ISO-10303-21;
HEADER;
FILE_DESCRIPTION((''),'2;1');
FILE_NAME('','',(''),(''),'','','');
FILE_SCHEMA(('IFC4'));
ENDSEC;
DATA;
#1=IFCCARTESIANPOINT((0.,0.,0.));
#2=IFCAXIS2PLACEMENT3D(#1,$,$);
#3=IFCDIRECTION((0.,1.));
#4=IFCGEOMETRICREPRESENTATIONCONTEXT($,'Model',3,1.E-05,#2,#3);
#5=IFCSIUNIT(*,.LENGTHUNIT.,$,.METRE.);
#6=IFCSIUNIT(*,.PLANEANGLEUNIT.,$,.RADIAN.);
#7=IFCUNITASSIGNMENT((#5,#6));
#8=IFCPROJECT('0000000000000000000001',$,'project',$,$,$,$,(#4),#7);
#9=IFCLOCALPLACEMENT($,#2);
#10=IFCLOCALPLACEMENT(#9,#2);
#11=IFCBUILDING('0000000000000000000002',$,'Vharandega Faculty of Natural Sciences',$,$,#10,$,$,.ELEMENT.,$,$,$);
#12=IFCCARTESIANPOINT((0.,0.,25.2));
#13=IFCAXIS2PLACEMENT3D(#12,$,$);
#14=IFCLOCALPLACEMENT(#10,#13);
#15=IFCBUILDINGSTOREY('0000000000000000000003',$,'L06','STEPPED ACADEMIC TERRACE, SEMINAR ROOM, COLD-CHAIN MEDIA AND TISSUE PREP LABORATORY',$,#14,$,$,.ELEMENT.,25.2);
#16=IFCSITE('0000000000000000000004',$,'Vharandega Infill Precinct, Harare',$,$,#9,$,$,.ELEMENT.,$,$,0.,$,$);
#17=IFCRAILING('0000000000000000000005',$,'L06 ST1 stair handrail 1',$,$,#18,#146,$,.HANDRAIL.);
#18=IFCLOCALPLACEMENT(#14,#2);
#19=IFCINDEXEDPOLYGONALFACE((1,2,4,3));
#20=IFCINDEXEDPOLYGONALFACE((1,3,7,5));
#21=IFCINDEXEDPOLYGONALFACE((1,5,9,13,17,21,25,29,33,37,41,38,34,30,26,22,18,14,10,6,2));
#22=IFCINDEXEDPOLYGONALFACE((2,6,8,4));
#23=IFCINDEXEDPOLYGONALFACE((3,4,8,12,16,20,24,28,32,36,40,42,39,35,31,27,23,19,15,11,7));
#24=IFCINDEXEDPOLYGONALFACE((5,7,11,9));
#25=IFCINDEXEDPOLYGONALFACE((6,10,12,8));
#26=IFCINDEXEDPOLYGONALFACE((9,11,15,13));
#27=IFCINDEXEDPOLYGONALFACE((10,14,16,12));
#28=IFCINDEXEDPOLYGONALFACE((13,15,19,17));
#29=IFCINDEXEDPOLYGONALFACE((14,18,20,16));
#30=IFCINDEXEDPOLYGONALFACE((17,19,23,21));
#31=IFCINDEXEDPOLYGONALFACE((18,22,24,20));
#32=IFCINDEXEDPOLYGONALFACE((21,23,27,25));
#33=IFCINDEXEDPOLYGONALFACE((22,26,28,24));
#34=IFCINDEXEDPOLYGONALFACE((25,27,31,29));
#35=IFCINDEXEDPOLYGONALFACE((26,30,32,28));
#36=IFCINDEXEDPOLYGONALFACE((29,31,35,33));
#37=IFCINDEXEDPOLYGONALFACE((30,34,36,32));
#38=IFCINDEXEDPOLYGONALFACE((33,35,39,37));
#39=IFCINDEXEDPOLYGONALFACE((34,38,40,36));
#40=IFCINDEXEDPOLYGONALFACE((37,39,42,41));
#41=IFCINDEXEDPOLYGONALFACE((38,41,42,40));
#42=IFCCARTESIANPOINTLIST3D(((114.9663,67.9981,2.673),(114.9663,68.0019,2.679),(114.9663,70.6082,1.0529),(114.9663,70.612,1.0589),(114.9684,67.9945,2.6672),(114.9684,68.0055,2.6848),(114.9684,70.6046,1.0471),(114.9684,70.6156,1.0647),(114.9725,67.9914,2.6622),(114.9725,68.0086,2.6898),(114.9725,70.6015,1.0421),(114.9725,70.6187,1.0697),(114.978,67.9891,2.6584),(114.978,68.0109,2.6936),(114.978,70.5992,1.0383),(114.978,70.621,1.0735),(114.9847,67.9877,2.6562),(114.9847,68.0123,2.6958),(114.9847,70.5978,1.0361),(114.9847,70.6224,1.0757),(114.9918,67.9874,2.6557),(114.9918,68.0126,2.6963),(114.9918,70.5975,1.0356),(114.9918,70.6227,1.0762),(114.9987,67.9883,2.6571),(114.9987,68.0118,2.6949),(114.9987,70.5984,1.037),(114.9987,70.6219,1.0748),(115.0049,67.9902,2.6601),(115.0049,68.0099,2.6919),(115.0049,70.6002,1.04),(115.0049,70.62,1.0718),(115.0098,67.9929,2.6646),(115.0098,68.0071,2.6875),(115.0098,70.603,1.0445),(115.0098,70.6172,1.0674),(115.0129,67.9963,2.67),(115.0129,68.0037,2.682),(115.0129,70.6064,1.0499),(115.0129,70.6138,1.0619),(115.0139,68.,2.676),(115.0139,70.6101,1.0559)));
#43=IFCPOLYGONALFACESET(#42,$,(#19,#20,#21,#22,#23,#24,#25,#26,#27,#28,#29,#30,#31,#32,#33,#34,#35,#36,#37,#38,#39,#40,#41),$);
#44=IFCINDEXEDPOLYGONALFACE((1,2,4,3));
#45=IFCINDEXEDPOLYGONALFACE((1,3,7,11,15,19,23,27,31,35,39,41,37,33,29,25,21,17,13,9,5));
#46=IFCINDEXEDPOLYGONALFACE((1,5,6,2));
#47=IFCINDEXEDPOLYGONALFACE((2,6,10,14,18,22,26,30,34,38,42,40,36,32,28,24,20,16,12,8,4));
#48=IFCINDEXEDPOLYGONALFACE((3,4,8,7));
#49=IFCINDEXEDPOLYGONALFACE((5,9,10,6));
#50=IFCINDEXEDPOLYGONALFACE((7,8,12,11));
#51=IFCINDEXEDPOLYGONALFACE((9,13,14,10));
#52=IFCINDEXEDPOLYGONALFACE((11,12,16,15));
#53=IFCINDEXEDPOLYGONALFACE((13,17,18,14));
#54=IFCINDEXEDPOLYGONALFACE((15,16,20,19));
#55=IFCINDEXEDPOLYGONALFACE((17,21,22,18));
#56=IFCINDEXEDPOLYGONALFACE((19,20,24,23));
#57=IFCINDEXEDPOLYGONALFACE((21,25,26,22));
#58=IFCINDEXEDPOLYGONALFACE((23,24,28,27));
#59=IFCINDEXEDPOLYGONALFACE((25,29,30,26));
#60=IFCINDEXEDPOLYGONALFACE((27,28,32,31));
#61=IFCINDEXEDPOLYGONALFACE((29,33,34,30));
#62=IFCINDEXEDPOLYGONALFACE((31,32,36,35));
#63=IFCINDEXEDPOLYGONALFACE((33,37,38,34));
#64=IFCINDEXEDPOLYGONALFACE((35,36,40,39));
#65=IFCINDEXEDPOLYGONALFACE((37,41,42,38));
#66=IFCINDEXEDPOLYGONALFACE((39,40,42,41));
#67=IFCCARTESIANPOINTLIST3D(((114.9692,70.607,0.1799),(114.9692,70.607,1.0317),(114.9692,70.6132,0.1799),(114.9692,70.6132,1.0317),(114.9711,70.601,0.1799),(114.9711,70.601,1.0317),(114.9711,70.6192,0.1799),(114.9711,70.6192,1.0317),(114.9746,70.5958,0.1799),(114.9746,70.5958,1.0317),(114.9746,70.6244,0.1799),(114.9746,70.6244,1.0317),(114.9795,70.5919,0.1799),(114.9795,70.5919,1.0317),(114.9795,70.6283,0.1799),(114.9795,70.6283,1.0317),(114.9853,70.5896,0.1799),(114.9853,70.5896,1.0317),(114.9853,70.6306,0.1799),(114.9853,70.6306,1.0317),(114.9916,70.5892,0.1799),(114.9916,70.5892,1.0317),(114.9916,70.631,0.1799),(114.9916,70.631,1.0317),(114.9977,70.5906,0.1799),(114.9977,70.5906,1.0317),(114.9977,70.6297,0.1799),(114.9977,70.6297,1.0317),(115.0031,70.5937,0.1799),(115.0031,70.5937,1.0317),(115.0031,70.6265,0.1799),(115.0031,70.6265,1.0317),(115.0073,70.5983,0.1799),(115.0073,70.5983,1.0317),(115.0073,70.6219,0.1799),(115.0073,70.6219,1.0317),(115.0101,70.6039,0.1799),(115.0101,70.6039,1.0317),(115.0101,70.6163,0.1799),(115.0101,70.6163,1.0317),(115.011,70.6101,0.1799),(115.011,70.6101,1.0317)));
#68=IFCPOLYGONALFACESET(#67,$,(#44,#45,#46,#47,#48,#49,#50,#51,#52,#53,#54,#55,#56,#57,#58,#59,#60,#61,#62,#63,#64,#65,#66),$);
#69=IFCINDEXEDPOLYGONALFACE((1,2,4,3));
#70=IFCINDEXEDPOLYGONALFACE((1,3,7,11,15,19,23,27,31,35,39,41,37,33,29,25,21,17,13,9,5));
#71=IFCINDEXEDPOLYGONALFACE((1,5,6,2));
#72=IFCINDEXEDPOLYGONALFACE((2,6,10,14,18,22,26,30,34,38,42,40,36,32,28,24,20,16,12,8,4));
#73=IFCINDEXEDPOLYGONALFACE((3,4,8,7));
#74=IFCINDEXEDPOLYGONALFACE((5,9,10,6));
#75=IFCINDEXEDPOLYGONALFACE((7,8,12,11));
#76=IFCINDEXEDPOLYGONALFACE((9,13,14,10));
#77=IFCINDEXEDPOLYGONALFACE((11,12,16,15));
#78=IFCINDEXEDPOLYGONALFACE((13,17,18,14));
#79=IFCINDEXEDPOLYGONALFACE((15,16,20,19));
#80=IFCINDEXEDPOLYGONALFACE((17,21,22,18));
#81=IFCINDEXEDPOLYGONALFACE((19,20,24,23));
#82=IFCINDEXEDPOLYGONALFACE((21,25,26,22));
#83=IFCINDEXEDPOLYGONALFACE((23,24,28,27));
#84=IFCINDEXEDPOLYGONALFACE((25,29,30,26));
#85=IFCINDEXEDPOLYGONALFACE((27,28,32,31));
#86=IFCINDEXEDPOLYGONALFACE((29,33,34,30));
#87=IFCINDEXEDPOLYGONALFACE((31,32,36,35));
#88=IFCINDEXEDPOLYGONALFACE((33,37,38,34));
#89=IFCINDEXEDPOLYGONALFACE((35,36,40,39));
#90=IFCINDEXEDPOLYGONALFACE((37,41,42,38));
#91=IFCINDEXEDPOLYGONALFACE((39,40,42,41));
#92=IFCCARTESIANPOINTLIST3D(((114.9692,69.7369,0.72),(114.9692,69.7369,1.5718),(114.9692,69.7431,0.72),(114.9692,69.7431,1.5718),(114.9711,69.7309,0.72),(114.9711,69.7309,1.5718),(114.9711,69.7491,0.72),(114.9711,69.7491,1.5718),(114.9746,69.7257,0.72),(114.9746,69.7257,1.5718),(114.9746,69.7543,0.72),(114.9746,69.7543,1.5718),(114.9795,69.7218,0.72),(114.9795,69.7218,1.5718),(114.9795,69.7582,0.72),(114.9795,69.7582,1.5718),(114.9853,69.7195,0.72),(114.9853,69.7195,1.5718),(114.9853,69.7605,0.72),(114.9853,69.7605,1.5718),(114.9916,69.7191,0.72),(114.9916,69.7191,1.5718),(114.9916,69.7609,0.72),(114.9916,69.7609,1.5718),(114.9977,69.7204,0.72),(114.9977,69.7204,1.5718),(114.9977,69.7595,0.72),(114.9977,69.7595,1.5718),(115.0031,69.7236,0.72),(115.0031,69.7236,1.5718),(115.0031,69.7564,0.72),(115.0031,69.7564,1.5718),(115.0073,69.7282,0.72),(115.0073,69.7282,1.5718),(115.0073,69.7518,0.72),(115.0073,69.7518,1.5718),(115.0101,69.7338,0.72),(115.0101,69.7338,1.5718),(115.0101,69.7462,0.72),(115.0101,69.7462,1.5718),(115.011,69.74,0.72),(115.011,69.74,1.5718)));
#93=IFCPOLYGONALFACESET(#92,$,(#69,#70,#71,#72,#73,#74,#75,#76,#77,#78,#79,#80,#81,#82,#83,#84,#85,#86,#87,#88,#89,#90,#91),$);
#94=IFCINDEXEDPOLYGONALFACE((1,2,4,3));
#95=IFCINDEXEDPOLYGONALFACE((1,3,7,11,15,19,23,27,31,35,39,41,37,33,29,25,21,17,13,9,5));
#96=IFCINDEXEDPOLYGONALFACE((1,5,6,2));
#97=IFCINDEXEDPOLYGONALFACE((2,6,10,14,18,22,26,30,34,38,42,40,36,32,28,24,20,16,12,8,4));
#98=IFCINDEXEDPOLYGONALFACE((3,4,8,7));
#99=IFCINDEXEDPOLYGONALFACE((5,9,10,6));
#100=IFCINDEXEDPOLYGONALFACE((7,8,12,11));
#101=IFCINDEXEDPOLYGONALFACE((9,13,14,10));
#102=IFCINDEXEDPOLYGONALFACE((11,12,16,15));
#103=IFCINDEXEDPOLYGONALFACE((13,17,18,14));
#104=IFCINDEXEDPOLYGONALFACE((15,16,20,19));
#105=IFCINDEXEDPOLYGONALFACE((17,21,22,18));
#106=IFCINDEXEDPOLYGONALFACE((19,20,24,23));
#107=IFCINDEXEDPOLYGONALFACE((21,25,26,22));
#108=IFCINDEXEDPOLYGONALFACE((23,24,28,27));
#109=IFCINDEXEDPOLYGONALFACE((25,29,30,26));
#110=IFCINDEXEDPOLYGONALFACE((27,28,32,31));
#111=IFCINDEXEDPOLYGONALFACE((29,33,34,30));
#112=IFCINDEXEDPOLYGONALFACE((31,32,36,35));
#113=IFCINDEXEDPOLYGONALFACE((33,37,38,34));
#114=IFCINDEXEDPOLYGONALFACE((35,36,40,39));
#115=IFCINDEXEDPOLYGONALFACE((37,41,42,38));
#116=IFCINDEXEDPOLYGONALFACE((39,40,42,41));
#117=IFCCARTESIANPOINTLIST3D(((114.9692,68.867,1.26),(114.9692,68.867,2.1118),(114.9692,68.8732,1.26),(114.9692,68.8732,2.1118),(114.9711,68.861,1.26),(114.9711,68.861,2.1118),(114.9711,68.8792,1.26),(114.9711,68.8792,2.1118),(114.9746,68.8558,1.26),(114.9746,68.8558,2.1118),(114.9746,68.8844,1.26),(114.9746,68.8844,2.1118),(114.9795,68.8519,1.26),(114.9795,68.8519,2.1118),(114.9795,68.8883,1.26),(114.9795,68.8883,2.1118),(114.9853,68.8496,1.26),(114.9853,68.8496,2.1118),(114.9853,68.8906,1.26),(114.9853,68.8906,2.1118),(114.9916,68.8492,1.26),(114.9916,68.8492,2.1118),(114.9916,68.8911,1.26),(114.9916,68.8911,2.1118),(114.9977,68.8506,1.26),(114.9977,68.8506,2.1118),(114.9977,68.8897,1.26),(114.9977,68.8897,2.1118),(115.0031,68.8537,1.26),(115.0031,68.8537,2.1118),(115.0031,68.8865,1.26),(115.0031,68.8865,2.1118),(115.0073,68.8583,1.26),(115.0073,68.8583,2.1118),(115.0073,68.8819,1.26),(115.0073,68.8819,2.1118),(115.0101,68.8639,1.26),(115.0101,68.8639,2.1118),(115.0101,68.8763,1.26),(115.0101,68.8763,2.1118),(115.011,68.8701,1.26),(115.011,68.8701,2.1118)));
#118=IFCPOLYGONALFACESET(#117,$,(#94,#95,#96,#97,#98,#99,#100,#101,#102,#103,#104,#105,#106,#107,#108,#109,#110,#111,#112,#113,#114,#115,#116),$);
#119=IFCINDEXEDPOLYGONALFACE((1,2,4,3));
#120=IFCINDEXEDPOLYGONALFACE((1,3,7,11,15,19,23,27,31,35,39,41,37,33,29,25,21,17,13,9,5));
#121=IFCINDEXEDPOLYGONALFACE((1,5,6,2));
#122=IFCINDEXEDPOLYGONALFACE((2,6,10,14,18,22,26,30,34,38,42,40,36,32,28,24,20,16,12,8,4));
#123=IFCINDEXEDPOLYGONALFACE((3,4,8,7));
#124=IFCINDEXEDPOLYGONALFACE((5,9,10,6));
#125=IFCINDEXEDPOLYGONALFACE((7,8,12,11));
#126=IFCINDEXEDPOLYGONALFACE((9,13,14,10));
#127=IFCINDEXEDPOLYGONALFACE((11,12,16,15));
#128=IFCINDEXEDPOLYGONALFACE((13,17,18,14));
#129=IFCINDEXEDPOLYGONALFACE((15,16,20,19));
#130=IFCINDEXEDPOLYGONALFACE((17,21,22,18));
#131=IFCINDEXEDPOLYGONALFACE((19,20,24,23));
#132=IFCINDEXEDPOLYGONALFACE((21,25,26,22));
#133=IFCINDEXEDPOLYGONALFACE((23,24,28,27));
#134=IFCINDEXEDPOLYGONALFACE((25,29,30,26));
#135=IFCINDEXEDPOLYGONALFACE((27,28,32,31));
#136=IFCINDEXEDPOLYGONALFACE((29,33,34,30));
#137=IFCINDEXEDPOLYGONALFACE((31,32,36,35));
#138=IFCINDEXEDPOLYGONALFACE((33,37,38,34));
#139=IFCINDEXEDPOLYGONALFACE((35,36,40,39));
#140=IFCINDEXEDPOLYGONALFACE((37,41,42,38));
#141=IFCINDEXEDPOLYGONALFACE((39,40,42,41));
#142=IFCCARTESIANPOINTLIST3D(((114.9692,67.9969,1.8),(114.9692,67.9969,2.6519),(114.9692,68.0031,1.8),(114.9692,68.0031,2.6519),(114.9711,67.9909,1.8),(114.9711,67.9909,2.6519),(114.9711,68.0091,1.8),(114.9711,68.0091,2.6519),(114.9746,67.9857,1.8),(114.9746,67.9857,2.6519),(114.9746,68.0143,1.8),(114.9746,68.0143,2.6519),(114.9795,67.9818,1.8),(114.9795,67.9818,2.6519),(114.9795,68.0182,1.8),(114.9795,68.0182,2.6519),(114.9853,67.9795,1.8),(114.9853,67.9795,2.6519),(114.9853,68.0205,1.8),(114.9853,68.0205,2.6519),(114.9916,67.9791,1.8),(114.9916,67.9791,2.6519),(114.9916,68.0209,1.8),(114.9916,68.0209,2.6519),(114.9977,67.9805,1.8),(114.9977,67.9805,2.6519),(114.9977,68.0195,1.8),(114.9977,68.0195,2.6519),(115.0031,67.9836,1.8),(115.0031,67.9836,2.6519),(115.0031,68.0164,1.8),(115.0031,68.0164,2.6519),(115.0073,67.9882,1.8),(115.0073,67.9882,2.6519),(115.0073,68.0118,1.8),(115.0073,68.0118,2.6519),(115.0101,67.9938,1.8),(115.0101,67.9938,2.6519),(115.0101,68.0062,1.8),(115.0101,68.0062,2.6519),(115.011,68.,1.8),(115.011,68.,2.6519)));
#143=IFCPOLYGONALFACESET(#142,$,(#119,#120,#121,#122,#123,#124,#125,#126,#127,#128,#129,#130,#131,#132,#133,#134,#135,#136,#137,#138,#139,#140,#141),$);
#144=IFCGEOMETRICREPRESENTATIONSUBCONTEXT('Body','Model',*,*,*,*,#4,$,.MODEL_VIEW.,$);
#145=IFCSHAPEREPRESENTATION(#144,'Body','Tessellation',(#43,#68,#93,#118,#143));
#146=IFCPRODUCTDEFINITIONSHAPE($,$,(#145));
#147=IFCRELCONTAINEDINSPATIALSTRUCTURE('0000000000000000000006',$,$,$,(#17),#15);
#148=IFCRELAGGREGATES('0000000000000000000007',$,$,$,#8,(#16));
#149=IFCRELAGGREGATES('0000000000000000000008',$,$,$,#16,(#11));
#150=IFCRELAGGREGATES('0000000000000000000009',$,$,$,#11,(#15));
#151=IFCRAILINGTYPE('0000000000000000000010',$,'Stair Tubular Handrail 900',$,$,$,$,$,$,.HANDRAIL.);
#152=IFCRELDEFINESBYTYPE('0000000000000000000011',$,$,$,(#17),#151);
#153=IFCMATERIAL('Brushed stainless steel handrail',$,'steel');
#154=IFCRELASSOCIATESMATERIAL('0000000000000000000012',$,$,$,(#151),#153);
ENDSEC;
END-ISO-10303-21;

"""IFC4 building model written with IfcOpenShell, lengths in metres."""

from ifc_helpers import new_model, si_unit, direction, frame, origin, origin_2d, place, context, subcontext, project, spatial, circle, extrude, material, type_object, element, save


model = new_model("IFC4")

# Units and contexts
model_context = context("Model", 3, precision=1e-05, world=origin(), true_north=direction((0.0, 1.0)))
body_context = subcontext(model_context, "Body", "Model", "MODEL_VIEW")
ifc_project = project(units=[si_unit("LENGTHUNIT", "METRE"), si_unit("PLANEANGLEUNIT", "RADIAN")], contexts=[model_context])

# Site, building, storey
site_placement = place(None, origin())
site = spatial("IfcSite", under=ifc_project, at=site_placement, Name="Vharandega Infill Precinct, Harare", CompositionType="ELEMENT", RefElevation=0.0)
building_placement = place(site_placement, origin())
building = spatial("IfcBuilding", under=site, at=building_placement, Name="Vharandega Faculty of Natural Sciences", CompositionType="ELEMENT")
storey_placement = place(building_placement, frame((0.0, 0.0, 25.2)))
storey = spatial("IfcBuildingStorey", under=building, at=storey_placement, Name="L06", Description="STEPPED ACADEMIC TERRACE, SEMINAR ROOM, COLD-CHAIN MEDIA AND TISSUE PREP LABORATORY", CompositionType="ELEMENT", Elevation=25.2)

# Railing
ifc_material_1 = material(Name="Brushed stainless steel handrail", Category="steel")
railing_type_1 = type_object("IfcRailingType", Name="Stair Tubular Handrail 900", PredefinedType="HANDRAIL", material=ifc_material_1)
railing_1_placement = place(storey_placement, frame((114.99, 70.6101, 0.1799)))
element("IfcRailing", 1, at=railing_1_placement, inside=storey, type_object=railing_type_1, Name="L06 ST1 stair handrail 1", PredefinedType="HANDRAIL", context=body_context, shape_type="SweptSolid", body=[
    extrude(circle(Radius=0.0239, at=origin_2d()), frame((0.0, 0.0, 0.876), z_axis=(0.0, -0.849633, 0.527375), x_axis=(1.0, 0.0, 0.0)), (0.0, 0.0, 1.0), 3.072),
    extrude(circle(Radius=0.021, at=origin_2d()), origin(), (0.0, 0.0, 1.0), 0.8518),
    extrude(circle(Radius=0.021, at=origin_2d()), frame((0.0, -0.8701, 0.54)), (0.0, 0.0, 1.0), 0.8518),
    extrude(circle(Radius=0.021, at=origin_2d()), frame((0.0, -1.74, 1.0801)), (0.0, 0.0, 1.0), 0.8518),
    extrude(circle(Radius=0.021, at=origin_2d()), frame((0.0, -2.6101, 1.6201)), (0.0, 0.0, 1.0), 0.8518),
])

save(model, "model.ifc")
